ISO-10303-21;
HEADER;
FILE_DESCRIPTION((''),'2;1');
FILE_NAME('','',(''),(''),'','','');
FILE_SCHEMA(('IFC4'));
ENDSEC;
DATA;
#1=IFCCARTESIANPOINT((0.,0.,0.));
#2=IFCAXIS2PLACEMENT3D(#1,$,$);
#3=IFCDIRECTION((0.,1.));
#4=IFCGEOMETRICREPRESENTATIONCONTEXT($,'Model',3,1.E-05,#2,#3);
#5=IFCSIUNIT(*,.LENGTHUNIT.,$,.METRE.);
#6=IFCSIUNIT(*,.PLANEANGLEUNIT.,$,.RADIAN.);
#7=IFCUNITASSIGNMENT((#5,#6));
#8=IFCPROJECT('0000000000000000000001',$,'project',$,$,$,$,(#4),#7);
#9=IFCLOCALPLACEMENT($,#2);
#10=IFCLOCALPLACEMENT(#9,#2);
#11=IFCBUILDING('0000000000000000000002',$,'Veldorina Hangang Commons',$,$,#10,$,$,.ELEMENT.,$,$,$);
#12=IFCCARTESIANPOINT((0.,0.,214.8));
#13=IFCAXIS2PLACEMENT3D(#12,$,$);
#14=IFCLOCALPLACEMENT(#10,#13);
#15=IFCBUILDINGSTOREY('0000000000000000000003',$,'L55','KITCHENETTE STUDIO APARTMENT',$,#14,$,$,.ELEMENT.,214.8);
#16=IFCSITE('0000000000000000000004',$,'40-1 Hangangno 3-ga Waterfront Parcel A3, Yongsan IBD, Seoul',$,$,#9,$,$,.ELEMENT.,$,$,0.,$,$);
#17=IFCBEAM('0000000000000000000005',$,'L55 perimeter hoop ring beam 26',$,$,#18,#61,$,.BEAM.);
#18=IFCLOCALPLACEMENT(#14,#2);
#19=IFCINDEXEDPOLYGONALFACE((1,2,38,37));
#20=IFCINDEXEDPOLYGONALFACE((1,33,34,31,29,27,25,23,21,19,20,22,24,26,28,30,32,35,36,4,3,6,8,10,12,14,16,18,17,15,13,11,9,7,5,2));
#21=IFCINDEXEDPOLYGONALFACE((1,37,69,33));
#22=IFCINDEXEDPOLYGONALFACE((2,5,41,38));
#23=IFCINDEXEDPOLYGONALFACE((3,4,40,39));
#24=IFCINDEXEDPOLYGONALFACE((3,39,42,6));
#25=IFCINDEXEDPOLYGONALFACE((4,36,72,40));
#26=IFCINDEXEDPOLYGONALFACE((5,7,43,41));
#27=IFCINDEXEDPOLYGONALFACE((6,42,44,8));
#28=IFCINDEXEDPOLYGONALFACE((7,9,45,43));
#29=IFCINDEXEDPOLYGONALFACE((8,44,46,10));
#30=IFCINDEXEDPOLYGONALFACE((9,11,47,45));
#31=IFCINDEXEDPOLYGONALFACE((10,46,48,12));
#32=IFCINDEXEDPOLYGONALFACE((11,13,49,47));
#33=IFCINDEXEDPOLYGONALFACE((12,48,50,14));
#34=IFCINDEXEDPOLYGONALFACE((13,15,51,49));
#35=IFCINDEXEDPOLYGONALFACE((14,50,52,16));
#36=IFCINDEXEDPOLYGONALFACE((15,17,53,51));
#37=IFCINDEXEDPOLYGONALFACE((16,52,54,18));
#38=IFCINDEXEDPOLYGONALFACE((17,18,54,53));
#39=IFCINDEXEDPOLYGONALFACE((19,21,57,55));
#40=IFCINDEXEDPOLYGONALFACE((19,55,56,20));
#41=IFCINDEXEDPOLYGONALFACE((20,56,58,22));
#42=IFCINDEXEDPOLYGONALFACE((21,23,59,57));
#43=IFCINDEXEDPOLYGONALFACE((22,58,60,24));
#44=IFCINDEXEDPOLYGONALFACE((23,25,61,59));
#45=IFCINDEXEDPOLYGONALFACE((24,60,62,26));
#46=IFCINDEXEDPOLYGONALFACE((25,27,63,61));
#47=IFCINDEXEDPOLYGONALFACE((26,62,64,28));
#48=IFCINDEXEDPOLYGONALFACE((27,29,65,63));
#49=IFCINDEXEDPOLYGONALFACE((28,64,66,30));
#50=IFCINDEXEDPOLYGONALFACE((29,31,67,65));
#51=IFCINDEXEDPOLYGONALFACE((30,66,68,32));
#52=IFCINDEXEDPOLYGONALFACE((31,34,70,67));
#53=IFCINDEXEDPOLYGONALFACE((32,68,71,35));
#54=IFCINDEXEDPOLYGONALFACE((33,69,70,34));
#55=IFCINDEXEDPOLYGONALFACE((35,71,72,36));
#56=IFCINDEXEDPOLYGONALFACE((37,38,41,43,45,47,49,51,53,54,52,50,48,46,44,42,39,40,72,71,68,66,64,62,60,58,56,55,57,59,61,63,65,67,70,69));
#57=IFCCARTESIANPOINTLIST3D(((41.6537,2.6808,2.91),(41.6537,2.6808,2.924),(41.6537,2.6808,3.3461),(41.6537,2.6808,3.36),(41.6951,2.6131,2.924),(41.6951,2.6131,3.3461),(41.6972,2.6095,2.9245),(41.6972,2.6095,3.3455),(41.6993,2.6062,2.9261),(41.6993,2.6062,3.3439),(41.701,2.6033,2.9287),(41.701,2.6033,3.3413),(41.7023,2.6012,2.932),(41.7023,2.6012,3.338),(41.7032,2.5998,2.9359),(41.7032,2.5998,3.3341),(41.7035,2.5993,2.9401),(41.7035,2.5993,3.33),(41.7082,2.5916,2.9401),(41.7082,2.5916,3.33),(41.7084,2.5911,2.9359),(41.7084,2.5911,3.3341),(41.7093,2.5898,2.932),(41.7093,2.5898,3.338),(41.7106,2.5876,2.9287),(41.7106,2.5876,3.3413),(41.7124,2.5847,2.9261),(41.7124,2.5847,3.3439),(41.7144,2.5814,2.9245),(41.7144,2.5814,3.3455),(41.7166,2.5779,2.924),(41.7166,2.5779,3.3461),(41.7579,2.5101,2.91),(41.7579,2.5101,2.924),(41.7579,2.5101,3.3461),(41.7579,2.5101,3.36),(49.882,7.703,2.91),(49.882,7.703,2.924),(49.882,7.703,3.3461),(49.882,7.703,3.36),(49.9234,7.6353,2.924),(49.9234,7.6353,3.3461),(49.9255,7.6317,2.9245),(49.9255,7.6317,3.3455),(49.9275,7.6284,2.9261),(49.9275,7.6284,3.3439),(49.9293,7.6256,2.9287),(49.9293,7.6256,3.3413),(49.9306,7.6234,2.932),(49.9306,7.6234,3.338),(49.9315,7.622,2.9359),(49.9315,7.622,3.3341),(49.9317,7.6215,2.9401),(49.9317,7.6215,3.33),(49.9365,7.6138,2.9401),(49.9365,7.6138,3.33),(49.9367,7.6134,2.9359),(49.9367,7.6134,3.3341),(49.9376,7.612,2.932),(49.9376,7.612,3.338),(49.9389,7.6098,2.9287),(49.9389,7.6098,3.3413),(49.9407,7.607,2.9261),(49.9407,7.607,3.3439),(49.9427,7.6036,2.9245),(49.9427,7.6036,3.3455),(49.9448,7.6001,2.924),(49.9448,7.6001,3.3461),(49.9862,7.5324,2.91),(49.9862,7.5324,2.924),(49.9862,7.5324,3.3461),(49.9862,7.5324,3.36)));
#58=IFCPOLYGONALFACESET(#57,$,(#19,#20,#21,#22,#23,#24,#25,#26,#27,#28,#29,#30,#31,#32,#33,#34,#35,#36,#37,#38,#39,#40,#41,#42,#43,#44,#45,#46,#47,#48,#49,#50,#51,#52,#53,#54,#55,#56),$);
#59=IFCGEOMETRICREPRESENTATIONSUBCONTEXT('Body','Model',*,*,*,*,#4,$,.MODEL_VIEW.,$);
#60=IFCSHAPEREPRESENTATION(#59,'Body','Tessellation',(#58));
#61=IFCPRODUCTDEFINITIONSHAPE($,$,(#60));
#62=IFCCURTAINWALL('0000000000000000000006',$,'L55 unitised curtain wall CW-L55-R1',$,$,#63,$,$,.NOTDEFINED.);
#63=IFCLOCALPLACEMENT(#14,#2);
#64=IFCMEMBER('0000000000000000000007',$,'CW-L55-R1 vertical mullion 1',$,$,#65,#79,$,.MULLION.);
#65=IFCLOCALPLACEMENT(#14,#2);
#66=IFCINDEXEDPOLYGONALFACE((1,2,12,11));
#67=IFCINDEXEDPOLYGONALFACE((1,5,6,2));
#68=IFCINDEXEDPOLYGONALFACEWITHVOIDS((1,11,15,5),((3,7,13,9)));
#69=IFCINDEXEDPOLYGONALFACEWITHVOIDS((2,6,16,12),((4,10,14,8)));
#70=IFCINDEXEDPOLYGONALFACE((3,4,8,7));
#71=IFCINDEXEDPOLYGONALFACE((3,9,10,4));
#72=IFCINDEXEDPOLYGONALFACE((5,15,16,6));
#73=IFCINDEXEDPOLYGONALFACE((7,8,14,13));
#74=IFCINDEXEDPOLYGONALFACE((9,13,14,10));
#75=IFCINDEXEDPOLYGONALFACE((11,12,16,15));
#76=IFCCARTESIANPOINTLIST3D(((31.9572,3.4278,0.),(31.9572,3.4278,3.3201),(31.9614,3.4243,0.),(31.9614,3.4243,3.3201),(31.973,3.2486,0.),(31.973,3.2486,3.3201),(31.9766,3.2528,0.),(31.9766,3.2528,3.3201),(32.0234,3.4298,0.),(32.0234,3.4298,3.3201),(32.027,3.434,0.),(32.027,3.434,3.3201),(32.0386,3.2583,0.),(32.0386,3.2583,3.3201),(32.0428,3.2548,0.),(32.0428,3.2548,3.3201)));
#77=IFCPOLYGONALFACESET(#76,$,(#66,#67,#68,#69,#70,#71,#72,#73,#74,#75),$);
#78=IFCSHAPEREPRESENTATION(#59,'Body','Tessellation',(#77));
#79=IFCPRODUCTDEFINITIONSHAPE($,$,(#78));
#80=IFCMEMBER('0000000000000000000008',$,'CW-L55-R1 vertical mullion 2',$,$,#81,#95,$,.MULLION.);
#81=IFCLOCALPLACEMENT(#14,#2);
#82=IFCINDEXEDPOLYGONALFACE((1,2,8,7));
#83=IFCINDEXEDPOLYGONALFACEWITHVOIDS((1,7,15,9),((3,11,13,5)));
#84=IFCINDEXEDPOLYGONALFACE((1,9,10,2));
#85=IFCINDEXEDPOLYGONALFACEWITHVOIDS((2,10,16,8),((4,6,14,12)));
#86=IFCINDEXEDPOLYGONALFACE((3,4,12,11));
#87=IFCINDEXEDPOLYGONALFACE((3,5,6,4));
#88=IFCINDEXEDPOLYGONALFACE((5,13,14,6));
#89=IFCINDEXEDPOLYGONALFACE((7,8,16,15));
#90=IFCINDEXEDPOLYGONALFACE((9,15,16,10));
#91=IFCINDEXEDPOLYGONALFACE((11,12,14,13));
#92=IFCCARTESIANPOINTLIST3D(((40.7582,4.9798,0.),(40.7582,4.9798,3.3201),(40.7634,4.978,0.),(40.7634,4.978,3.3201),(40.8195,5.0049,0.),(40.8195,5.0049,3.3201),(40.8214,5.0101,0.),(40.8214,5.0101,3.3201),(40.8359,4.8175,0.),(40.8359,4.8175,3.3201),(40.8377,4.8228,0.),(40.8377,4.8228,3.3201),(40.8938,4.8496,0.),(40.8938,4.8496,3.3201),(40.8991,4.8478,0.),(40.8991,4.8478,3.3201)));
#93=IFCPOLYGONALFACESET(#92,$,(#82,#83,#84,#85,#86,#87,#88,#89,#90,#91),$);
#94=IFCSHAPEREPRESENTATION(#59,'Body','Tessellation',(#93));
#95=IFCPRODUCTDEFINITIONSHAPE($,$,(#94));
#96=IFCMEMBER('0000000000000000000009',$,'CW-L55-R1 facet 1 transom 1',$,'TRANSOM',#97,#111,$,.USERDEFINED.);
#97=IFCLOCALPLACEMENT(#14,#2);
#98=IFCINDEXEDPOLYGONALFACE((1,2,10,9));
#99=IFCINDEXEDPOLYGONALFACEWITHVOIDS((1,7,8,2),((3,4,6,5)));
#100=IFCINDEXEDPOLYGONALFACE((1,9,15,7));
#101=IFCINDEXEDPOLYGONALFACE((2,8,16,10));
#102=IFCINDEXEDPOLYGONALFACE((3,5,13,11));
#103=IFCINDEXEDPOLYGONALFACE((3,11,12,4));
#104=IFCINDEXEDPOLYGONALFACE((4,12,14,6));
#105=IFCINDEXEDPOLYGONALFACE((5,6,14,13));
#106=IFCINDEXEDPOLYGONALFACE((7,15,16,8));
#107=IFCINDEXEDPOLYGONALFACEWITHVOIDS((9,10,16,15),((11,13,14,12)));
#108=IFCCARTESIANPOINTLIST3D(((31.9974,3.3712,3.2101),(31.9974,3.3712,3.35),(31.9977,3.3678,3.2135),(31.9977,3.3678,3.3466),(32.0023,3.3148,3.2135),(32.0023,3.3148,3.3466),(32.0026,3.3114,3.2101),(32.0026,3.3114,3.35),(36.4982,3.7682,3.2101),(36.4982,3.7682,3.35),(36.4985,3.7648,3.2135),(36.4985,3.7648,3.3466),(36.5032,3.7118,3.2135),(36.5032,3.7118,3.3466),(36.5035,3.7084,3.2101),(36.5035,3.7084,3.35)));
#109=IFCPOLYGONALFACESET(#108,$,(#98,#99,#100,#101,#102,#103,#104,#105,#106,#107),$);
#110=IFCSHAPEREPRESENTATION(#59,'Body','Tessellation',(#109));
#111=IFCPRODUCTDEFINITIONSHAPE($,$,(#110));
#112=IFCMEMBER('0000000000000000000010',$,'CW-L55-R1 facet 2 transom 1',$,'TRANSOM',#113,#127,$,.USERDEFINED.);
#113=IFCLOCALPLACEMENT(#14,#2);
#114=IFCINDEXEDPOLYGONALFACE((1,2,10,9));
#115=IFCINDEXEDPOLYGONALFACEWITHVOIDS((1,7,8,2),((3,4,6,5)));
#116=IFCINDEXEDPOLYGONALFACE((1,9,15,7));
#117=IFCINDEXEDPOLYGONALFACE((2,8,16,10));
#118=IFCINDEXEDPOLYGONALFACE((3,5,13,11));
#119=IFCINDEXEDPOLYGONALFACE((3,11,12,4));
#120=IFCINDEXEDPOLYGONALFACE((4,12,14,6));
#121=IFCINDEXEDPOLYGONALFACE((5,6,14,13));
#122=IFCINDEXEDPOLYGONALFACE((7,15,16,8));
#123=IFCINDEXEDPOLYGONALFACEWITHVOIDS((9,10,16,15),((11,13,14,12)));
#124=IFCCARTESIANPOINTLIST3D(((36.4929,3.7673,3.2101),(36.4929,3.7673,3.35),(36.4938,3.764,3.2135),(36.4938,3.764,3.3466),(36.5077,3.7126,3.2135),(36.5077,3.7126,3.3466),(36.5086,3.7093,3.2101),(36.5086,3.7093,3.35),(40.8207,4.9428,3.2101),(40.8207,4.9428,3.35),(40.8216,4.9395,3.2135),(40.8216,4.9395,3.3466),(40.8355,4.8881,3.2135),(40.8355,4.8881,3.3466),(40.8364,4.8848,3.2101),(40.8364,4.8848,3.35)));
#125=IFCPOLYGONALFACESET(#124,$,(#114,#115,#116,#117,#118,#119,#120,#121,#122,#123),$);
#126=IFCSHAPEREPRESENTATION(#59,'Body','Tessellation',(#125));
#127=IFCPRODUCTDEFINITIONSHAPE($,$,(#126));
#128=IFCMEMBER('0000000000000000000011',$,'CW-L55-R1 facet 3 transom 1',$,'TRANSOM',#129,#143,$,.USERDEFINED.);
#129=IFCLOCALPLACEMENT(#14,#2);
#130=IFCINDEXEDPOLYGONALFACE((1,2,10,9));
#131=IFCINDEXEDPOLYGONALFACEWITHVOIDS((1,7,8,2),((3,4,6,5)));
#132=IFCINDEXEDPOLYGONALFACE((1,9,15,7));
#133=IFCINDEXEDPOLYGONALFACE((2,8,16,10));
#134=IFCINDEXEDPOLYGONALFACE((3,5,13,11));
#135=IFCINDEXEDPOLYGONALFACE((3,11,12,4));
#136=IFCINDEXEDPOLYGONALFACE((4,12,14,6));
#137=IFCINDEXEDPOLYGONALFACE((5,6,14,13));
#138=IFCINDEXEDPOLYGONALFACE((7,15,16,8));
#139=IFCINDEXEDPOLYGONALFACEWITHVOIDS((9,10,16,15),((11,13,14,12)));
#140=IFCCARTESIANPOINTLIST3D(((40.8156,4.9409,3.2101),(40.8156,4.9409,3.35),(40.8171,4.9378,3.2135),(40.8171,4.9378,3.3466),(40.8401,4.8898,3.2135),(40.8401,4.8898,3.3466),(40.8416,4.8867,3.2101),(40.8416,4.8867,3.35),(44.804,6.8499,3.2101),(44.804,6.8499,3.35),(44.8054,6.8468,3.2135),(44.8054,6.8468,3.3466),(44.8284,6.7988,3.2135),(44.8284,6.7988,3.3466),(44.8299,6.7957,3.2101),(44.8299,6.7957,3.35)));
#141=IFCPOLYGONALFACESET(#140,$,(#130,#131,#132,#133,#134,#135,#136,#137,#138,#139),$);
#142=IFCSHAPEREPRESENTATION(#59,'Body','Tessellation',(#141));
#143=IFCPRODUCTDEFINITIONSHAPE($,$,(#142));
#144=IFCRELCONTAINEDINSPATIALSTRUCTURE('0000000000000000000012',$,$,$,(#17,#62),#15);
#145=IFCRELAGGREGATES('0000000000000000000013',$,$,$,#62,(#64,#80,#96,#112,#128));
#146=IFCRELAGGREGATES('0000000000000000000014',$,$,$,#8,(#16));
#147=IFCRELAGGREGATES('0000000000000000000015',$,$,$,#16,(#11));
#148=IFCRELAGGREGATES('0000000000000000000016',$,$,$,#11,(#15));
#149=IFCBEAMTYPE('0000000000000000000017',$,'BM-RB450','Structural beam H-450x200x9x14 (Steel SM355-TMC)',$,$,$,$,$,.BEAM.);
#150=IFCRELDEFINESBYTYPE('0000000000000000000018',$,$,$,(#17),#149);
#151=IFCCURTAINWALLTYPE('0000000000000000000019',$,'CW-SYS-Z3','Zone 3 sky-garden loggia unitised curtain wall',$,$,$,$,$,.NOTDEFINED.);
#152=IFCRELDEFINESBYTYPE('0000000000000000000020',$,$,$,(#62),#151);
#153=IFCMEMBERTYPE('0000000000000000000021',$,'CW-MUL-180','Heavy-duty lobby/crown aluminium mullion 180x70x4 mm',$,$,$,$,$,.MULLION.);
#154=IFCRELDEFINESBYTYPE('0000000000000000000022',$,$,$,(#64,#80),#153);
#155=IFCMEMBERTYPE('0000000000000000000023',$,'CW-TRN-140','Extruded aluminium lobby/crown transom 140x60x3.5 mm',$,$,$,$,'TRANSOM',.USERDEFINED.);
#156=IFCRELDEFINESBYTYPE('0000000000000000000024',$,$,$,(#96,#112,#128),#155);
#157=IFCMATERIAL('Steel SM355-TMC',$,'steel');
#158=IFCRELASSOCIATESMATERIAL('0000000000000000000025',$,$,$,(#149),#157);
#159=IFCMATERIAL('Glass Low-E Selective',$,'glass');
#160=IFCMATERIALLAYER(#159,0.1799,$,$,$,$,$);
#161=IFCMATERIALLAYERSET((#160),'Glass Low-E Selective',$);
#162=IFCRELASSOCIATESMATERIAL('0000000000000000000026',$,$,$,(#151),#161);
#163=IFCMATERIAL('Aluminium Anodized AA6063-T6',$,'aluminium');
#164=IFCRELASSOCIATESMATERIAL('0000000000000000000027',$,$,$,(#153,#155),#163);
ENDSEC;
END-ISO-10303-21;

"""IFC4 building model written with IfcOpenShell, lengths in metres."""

from ifc_helpers import new_model, si_unit, direction, frame, origin, origin_2d, place, context, subcontext, project, spatial, hollow_rectangle, i_section, extrude, material, layer, layer_set, material_profile, profile_set, type_object, element, aggregate, save


model = new_model("IFC4")

# Units and contexts
model_context = context("Model", 3, precision=1e-05, world=origin(), true_north=direction((0.0, 1.0)))
body_context = subcontext(model_context, "Body", "Model", "MODEL_VIEW")
ifc_project = project(units=[si_unit("LENGTHUNIT", "METRE"), si_unit("PLANEANGLEUNIT", "RADIAN")], contexts=[model_context])

# Site, building, storey
site_placement = place(None, origin())
site = spatial("IfcSite", under=ifc_project, at=site_placement, Name="40-1 Hangangno 3-ga Waterfront Parcel A3, Yongsan IBD, Seoul", CompositionType="ELEMENT", RefElevation=0.0)
building_placement = place(site_placement, origin())
building = spatial("IfcBuilding", under=site, at=building_placement, Name="Veldorina Hangang Commons", CompositionType="ELEMENT")
storey_placement = place(building_placement, frame((0.0, 0.0, 214.8)))
storey = spatial("IfcBuildingStorey", under=building, at=storey_placement, Name="L55", Description="KITCHENETTE STUDIO APARTMENT", CompositionType="ELEMENT", Elevation=214.8)

# Beam
ifc_material_1 = material(Name="Steel SM355-TMC", Category="steel")
ifc_material_profile_1 = material_profile(ifc_material_1, i_section(OverallWidth=0.2, OverallDepth=0.45, WebThickness=0.009, FlangeThickness=0.0139, FilletRadius=0.0161, at=origin_2d()), Name="H-450x200x9x14")
ifc_profile_set_1 = profile_set([ifc_material_profile_1], Name="Steel SM355-TMC")
beam_type = type_object("IfcBeamType", Name="BM-RB450", Description="Structural beam H-450x200x9x14 (Steel SM355-TMC)", PredefinedType="BEAM", material=ifc_profile_set_1)
beam_placement = place(storey_placement, frame((41.7058, 2.5955, 3.135), z_axis=(0.853567, 0.520984, 0.0), x_axis=(-0.520984, 0.853567, 0.0)))
element("IfcBeam", 1, at=beam_placement, inside=storey, type_object=beam_type, Name="L55 perimeter hoop ring beam 26", PredefinedType="BEAM", context=body_context, shape_type="SweptSolid", body=[
    extrude(i_section(OverallWidth=0.2, OverallDepth=0.45, WebThickness=0.009, FlangeThickness=0.0139, FilletRadius=0.0161, at=origin_2d()), origin(), (0.0, 0.0, 1.0), 9.6399),
])

# Curtain wall, members
ifc_material_2 = material(Name="Glass Low-E Selective", Category="glass")
ifc_layer_1 = layer(ifc_material_2, 0.1799)
ifc_layer_set_1 = layer_set([ifc_layer_1], Name="Glass Low-E Selective")
curtain_wall_type = type_object("IfcCurtainWallType", Name="CW-SYS-Z3", Description="Zone 3 sky-garden loggia unitised curtain wall", PredefinedType="NOTDEFINED", material=ifc_layer_set_1)
curtain_wall_placement = place(storey_placement, origin())
curtain_wall = element("IfcCurtainWall", 2, at=curtain_wall_placement, inside=storey, type_object=curtain_wall_type, Name="L55 unitised curtain wall CW-L55-R1", PredefinedType="NOTDEFINED")
ifc_material_3 = material(Name="Aluminium Anodized AA6063-T6", Category="aluminium")
ifc_material_profile_2 = material_profile(ifc_material_3, hollow_rectangle(XDim=0.0701, YDim=0.1799, WallThickness=0.0039, at=origin_2d()), Name="ALU-RHS-180x70x4")
ifc_profile_set_2 = profile_set([ifc_material_profile_2], Name="Aluminium Anodized AA6063-T6")
member_type_1 = type_object("IfcMemberType", Name="CW-MUL-180", Description="Heavy-duty lobby/crown aluminium mullion 180x70x4 mm", PredefinedType="MULLION", material=ifc_profile_set_2)
member_1_placement = place(storey_placement, frame((32.0, 3.3413, 0.0), z_axis=(0.0, 0.0, 1.0), x_axis=(0.996132, 0.087869, 0.0)))
member_1 = element("IfcMember", 3, at=member_1_placement, type_object=member_type_1, Name="CW-L55-R1 vertical mullion 1", PredefinedType="MULLION", context=body_context, shape_type="SweptSolid", body=[
    extrude(hollow_rectangle(XDim=0.0701, YDim=0.1799, WallThickness=0.0039, at=origin_2d()), origin(), (0.0, 0.0, 1.0), 3.3201),
])
member_2_placement = place(storey_placement, frame((40.8286, 4.9138, 0.0), z_axis=(0.0, 0.0, 1.0), x_axis=(0.902006, 0.431724, 0.0)))
member_2 = element("IfcMember", 4, at=member_2_placement, type_object=member_type_1, Name="CW-L55-R1 vertical mullion 2", PredefinedType="MULLION", context=body_context, shape_type="SweptSolid", body=[
    extrude(hollow_rectangle(XDim=0.0701, YDim=0.1799, WallThickness=0.0039, at=origin_2d()), origin(), (0.0, 0.0, 1.0), 3.3201),
])
ifc_material_profile_3 = material_profile(ifc_material_3, hollow_rectangle(XDim=0.0601, YDim=0.1399, WallThickness=0.0034, at=origin_2d()), Name="ALU-RHS-140x60x3.5")
ifc_profile_set_3 = profile_set([ifc_material_profile_3], Name="Aluminium Anodized AA6063-T6")
member_type_2 = type_object("IfcMemberType", Name="CW-TRN-140", Description="Extruded aluminium lobby/crown transom 140x60x3.5 mm", ElementType="TRANSOM", PredefinedType="USERDEFINED", material=ifc_profile_set_3)
member_3_placement = place(storey_placement, frame((32.0, 3.3413, 3.28), z_axis=(0.996133, 0.087861, 0.0), x_axis=(-0.087861, 0.996133, 0.0)))
member_3 = element("IfcMember", 5, at=member_3_placement, type_object=member_type_2, Name="CW-L55-R1 facet 1 transom 1", ObjectType="TRANSOM", PredefinedType="USERDEFINED", context=body_context, shape_type="SweptSolid", body=[
    extrude(hollow_rectangle(XDim=0.0601, YDim=0.1399, WallThickness=0.0034, at=origin_2d()), origin(), (0.0, 0.0, 1.0), 4.5183),
])
member_4_placement = place(storey_placement, frame((36.5007, 3.7383, 3.28), z_axis=(0.965035, 0.262122, 0.0), x_axis=(-0.262122, 0.965035, 0.0)))
member_4 = element("IfcMember", 6, at=member_4_placement, type_object=member_type_2, Name="CW-L55-R1 facet 2 transom 1", ObjectType="TRANSOM", PredefinedType="USERDEFINED", context=body_context, shape_type="SweptSolid", body=[
    extrude(hollow_rectangle(XDim=0.0601, YDim=0.1399, WallThickness=0.0034, at=origin_2d()), origin(), (0.0, 0.0, 1.0), 4.4846),
])
member_5_placement = place(storey_placement, frame((40.8286, 4.9138, 3.28), z_axis=(0.902002, 0.431731, 0.0), x_axis=(-0.431731, 0.902002, 0.0)))
member_5 = element("IfcMember", 7, at=member_5_placement, type_object=member_type_2, Name="CW-L55-R1 facet 3 transom 1", ObjectType="TRANSOM", PredefinedType="USERDEFINED", context=body_context, shape_type="SweptSolid", body=[
    extrude(hollow_rectangle(XDim=0.0601, YDim=0.1399, WallThickness=0.0034, at=origin_2d()), origin(), (0.0, 0.0, 1.0), 4.4216),
])

aggregate(curtain_wall, [member_1, member_2, member_3, member_4, member_5])

save(model, "model.ifc")
